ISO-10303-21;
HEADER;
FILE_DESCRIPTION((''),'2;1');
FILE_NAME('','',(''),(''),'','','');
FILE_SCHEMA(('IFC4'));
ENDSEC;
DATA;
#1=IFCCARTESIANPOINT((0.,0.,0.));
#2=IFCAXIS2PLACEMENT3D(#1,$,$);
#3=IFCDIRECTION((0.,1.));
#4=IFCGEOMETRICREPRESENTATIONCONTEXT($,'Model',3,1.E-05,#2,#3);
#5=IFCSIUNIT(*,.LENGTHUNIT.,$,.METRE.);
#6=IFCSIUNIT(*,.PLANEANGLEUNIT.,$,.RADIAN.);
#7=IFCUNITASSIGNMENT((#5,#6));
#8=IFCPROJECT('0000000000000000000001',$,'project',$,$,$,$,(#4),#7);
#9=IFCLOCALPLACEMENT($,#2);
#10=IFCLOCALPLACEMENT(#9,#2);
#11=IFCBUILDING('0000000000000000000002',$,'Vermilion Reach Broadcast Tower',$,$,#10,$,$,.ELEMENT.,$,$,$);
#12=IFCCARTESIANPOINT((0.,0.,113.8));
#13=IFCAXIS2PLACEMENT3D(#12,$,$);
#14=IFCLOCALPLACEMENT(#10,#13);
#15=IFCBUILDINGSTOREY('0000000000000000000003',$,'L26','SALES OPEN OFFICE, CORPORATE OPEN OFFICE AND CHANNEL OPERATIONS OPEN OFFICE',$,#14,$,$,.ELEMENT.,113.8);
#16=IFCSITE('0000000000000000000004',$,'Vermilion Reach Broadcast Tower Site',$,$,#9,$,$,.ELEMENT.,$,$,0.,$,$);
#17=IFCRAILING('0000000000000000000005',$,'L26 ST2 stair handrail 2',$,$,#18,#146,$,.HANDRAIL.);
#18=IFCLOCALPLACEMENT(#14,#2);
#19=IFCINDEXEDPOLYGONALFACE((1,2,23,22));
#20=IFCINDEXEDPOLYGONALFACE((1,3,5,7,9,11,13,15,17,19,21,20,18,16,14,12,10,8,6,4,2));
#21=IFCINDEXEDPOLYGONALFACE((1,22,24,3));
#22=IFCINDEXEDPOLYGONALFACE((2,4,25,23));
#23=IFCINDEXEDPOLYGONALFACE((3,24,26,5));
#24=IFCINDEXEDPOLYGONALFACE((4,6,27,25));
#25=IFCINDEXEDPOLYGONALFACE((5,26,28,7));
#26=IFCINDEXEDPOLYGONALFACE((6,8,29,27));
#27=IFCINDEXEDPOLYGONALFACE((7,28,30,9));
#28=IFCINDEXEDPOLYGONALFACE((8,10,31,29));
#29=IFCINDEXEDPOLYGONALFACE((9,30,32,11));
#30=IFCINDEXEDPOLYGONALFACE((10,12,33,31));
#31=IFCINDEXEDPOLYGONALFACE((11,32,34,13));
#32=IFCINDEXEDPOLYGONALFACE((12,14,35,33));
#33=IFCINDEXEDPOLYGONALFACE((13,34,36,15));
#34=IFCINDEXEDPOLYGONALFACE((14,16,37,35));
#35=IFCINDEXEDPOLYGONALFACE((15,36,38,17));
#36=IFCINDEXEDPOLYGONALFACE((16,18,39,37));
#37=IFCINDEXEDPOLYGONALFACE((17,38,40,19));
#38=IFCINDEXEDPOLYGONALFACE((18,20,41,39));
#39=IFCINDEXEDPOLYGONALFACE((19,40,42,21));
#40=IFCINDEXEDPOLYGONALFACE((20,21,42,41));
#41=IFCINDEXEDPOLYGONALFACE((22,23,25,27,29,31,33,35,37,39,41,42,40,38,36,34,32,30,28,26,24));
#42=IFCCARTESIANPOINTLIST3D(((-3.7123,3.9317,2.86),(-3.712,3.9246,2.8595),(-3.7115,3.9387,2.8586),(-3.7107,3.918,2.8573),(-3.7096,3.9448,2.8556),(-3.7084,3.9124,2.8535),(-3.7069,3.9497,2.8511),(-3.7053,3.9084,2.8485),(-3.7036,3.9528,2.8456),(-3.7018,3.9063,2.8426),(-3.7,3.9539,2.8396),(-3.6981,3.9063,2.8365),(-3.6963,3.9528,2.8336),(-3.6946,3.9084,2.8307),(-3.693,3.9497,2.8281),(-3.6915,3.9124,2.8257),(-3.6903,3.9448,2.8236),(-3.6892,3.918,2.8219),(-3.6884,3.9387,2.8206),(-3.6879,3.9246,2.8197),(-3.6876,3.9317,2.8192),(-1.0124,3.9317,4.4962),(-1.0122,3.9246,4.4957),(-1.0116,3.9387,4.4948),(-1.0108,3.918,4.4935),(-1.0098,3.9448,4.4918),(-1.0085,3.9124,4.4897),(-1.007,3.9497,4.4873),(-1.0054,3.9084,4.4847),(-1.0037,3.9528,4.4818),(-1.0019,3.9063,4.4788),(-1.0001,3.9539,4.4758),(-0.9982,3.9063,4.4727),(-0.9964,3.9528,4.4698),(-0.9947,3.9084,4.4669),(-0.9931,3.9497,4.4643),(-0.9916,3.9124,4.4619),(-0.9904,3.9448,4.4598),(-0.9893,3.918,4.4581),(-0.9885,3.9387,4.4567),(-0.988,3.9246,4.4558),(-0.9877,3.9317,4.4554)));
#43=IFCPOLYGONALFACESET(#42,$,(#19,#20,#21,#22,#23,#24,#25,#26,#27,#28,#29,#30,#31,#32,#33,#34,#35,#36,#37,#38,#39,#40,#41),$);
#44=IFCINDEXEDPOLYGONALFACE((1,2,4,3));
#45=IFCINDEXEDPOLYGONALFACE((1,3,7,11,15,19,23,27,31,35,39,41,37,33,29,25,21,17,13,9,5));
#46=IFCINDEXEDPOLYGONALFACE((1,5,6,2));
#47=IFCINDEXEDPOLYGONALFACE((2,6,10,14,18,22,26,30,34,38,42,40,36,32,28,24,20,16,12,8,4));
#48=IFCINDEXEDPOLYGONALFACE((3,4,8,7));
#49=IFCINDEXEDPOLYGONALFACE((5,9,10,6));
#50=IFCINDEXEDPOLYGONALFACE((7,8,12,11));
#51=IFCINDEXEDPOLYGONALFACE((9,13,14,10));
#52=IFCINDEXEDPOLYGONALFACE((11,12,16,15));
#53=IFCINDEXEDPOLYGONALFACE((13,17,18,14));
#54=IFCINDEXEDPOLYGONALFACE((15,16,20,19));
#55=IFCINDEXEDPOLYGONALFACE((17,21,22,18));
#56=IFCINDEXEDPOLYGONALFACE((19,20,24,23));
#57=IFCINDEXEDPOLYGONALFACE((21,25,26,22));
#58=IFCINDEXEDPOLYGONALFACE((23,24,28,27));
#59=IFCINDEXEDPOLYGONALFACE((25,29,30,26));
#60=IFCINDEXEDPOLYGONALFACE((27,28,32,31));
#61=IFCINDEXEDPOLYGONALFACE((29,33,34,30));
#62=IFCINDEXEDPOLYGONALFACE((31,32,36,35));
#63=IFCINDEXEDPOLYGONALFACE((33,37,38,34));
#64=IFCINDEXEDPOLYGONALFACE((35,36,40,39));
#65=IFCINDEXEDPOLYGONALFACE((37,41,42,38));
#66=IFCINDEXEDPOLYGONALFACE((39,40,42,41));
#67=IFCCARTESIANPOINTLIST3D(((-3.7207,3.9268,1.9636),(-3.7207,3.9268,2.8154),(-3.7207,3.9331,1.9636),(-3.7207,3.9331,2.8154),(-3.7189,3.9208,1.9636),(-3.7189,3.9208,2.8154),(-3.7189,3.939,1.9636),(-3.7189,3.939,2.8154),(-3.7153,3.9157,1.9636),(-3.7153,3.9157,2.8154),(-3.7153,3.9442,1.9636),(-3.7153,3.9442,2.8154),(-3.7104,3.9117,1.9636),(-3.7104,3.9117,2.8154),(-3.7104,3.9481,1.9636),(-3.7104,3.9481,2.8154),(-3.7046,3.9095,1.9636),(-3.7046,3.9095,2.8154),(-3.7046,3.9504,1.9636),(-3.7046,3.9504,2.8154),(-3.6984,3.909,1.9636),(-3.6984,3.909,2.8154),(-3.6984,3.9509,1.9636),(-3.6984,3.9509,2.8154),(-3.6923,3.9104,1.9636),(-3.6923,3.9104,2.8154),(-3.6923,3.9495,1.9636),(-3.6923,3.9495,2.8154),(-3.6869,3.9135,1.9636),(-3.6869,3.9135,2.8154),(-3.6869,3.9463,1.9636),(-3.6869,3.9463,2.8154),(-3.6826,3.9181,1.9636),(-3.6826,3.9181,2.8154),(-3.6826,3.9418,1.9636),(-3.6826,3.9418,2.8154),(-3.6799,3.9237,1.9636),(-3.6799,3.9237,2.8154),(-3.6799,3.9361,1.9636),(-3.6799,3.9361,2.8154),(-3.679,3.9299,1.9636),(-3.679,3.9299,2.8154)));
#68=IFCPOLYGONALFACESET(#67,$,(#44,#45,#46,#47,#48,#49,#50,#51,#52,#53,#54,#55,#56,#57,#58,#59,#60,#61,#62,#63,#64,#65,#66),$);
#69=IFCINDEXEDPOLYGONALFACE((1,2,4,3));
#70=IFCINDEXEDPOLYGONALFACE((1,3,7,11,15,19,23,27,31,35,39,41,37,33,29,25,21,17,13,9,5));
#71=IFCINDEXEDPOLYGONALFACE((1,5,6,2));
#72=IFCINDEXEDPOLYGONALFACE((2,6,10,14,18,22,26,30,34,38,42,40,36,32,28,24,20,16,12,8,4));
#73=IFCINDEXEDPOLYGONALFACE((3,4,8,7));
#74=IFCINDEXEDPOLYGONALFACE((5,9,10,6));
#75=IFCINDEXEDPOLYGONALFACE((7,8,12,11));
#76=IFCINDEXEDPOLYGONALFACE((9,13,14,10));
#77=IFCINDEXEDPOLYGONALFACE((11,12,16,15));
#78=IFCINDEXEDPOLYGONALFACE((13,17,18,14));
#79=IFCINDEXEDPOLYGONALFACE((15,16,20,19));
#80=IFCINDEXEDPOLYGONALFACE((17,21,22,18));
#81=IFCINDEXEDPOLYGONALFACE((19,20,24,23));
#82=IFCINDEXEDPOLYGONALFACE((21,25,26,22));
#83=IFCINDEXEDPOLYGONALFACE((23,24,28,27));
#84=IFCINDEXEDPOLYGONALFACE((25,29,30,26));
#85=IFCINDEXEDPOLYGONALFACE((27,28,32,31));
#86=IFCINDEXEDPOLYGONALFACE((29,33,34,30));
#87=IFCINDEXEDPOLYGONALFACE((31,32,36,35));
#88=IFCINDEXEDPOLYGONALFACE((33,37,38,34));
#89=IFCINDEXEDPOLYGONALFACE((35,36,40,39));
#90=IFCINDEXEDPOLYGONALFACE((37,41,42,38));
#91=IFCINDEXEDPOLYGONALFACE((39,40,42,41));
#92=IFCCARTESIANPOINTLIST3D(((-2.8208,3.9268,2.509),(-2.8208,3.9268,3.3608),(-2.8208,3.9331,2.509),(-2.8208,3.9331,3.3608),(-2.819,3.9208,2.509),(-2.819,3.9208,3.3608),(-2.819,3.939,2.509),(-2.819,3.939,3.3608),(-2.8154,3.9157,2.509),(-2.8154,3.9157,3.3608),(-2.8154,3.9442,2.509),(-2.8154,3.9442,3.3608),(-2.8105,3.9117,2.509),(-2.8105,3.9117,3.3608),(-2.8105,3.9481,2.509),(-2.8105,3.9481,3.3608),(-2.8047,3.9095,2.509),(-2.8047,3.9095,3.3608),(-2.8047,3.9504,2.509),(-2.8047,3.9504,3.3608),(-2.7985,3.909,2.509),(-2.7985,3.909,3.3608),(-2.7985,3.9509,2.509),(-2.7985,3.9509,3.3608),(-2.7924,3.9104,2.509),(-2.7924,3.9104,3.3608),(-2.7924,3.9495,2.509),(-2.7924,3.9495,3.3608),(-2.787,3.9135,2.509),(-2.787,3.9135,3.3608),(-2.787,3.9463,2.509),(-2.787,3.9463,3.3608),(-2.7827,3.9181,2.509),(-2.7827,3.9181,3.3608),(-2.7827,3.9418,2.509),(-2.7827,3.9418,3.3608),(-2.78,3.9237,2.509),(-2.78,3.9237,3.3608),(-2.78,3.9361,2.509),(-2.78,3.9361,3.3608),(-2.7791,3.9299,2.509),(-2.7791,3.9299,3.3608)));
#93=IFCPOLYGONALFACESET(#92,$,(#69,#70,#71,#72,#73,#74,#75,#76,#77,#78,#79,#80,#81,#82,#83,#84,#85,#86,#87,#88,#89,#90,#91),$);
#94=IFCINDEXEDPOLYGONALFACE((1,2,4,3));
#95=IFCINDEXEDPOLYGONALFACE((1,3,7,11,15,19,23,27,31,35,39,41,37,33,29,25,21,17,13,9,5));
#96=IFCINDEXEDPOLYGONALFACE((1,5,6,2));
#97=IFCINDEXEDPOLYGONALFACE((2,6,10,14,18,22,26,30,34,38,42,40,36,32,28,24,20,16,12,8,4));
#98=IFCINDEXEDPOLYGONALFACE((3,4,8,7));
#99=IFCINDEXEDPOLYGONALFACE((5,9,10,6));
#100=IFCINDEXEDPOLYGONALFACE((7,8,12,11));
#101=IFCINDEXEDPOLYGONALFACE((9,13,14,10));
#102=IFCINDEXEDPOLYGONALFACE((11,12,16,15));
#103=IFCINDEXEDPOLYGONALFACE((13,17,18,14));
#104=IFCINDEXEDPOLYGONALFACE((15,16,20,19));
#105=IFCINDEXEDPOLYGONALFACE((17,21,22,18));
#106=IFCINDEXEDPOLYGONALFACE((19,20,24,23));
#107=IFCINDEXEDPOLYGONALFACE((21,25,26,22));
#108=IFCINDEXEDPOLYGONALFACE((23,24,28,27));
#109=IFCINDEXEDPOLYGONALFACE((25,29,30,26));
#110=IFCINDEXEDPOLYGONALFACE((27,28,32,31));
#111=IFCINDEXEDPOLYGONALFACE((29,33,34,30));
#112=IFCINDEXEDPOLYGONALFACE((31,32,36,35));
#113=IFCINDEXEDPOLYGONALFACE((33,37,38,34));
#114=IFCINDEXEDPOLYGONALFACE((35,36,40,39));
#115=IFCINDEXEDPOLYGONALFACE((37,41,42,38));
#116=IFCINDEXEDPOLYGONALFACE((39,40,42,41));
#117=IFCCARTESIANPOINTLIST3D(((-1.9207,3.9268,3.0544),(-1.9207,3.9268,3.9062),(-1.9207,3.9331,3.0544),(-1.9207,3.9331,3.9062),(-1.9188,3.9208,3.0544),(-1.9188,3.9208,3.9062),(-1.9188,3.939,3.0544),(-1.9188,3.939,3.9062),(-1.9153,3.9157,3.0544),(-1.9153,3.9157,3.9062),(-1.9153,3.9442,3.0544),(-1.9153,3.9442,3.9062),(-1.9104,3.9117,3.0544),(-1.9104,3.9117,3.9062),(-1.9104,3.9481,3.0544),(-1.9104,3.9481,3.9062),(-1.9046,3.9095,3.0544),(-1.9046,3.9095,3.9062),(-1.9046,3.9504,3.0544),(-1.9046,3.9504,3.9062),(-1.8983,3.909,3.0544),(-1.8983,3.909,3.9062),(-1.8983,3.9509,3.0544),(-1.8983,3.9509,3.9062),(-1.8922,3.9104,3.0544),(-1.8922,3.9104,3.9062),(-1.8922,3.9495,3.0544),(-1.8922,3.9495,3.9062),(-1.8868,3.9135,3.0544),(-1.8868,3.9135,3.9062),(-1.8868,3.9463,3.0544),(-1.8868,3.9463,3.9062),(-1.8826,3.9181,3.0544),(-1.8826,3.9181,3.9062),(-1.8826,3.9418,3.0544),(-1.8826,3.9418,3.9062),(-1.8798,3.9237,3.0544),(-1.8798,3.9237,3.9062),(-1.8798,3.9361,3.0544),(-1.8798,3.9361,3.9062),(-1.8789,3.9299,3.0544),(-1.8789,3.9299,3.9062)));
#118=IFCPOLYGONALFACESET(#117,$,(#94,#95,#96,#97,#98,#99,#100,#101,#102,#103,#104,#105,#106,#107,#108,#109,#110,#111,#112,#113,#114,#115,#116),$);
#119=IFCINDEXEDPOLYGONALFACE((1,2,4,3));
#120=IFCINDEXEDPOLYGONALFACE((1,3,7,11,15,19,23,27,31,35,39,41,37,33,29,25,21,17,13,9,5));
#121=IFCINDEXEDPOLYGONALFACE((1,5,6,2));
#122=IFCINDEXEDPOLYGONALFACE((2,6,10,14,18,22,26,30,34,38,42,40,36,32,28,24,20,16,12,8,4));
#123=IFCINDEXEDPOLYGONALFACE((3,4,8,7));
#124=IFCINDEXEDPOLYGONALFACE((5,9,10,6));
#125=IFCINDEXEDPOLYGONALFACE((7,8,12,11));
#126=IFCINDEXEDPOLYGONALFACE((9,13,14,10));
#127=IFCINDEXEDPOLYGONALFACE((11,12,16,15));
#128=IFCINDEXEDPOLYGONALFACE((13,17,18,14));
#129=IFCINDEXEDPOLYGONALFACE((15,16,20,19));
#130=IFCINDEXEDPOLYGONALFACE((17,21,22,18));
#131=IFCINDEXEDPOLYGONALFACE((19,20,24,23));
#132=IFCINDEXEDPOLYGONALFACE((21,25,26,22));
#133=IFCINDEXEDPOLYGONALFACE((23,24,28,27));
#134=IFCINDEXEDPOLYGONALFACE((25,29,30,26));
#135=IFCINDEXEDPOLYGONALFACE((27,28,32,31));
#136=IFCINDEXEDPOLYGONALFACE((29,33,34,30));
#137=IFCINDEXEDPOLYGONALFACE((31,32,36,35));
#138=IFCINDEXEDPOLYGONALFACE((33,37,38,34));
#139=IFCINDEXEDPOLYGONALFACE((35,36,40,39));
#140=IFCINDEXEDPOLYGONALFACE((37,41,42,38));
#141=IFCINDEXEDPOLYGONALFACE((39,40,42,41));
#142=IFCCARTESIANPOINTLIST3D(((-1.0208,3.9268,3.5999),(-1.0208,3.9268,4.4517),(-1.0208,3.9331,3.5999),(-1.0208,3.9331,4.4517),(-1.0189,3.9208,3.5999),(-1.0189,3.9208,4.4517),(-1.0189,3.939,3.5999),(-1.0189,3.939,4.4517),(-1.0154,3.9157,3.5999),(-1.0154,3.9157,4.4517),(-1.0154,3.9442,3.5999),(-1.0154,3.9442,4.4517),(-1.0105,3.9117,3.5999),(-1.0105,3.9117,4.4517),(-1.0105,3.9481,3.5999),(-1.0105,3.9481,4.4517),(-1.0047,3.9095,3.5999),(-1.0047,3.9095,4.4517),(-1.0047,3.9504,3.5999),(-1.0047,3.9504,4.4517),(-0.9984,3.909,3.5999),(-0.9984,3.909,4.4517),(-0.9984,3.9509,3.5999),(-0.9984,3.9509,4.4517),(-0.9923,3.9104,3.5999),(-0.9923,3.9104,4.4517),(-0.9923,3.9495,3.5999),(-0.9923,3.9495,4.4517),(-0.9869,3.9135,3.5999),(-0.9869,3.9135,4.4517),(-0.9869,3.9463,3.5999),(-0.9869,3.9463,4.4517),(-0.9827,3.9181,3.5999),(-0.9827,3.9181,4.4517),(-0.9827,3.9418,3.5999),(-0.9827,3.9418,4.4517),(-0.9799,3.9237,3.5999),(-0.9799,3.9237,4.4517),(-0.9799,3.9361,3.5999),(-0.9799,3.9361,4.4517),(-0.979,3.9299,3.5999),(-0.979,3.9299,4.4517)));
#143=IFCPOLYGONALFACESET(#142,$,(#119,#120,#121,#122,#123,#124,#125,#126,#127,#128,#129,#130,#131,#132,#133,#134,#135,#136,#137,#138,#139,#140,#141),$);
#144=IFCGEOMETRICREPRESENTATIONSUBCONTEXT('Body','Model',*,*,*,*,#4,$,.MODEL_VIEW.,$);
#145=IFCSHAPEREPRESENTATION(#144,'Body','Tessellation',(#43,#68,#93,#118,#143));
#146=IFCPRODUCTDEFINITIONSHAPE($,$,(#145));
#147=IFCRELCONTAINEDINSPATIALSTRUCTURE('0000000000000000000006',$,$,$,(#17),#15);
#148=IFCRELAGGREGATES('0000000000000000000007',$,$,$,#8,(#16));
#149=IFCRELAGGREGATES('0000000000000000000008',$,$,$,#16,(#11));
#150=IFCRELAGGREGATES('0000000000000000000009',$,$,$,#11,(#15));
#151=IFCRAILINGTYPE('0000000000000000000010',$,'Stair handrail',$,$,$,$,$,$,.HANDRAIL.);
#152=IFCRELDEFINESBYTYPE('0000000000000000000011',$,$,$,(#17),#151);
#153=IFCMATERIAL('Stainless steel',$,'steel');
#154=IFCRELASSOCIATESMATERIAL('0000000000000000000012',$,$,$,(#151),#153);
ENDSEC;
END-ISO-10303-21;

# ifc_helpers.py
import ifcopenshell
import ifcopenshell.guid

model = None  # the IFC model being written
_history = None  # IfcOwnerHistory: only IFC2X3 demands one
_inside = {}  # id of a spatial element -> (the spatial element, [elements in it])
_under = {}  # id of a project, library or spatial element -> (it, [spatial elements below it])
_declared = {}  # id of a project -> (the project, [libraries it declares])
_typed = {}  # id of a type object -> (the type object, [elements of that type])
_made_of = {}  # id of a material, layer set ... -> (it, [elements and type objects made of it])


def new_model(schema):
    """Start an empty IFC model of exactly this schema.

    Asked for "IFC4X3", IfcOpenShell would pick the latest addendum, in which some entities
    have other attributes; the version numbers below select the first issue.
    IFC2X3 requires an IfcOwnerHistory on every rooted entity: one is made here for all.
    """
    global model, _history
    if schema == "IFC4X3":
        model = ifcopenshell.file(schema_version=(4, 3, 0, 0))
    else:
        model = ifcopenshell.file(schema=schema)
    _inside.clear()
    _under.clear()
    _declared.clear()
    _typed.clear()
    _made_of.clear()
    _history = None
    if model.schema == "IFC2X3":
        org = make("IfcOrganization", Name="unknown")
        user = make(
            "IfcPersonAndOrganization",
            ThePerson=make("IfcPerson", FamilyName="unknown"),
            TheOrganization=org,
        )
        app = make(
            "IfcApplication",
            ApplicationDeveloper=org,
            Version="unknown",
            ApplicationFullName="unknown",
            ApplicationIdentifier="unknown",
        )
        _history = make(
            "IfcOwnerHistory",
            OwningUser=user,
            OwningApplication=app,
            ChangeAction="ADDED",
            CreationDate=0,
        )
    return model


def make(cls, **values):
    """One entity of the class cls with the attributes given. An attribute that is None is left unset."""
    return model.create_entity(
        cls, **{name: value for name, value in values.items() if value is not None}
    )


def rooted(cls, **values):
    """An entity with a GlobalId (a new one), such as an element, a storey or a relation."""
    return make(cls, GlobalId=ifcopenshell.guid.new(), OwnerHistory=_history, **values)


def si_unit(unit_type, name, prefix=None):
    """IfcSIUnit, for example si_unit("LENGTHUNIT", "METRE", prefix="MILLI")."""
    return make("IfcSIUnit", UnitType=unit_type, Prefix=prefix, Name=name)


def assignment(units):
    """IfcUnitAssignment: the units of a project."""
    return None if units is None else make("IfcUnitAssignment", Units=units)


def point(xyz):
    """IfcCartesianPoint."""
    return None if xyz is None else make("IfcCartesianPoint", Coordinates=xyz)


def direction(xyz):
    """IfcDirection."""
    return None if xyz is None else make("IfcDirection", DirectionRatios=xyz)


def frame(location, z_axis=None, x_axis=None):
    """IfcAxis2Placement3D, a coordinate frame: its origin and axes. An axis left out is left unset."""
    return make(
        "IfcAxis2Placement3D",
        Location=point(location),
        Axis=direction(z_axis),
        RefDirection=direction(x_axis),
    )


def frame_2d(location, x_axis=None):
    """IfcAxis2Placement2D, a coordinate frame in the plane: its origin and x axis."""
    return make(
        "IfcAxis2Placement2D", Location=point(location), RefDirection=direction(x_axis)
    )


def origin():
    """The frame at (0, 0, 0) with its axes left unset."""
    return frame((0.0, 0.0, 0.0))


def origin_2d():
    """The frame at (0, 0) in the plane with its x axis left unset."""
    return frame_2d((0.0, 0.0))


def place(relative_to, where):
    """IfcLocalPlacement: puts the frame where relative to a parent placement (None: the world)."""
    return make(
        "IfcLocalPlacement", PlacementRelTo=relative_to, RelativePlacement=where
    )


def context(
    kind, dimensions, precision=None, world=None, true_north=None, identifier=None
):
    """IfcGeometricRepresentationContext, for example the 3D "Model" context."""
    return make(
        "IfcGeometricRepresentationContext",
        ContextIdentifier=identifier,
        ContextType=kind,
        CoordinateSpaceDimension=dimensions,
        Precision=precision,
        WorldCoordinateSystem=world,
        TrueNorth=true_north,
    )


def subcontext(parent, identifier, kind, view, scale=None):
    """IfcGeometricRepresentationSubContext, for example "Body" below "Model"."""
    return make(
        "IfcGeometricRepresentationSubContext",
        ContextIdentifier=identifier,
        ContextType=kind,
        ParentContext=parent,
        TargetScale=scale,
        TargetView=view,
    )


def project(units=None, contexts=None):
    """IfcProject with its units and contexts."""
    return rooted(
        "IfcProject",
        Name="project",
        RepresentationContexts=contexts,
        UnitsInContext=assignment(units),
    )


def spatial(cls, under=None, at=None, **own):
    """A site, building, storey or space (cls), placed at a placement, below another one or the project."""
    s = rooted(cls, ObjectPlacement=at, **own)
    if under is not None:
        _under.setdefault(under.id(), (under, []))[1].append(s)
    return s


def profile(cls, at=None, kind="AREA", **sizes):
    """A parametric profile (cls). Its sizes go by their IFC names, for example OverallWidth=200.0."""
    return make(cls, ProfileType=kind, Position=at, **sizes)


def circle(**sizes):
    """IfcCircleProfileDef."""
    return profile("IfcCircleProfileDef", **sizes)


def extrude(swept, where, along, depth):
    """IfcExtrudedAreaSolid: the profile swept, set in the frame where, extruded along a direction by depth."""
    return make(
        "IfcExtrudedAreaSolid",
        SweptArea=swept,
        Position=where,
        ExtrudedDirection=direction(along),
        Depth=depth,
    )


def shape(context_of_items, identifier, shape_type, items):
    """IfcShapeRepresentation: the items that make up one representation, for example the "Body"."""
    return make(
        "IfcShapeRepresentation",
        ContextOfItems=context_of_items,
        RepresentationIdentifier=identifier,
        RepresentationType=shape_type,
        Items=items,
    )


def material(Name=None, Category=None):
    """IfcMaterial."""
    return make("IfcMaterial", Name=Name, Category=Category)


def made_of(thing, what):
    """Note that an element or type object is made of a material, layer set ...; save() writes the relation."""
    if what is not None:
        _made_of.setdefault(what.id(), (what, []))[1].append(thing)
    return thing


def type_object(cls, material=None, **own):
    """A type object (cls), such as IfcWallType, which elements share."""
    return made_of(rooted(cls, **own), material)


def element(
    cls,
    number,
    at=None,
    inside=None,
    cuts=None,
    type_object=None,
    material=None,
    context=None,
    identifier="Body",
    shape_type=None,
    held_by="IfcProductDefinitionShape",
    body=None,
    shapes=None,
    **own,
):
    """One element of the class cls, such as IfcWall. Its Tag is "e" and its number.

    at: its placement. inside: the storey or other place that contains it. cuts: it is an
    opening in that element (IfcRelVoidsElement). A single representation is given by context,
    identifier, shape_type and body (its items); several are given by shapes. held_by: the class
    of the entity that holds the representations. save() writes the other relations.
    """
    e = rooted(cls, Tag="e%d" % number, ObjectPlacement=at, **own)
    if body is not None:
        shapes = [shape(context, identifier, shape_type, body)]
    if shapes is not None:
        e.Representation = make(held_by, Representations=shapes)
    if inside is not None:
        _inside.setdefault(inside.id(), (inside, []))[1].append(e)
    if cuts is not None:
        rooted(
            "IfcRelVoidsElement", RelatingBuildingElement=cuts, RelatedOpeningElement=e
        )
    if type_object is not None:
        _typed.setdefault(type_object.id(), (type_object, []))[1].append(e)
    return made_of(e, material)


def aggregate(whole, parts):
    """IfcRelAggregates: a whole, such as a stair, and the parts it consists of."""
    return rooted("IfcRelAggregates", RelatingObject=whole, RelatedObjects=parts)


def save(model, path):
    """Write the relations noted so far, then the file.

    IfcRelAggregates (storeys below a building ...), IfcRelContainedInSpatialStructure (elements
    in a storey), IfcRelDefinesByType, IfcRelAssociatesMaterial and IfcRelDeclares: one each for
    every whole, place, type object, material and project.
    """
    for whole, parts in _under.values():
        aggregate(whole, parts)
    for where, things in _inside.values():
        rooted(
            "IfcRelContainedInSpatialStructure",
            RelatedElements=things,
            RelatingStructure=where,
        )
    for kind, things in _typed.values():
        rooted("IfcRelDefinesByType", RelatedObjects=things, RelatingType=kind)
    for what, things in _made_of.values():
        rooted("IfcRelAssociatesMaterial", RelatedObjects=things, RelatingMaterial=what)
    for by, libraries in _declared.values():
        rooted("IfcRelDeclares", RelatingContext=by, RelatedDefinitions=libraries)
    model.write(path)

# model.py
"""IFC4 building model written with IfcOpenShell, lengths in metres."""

from ifc_helpers import new_model, si_unit, direction, frame, origin, origin_2d, place, context, subcontext, project, spatial, circle, extrude, material, type_object, element, save


model = new_model("IFC4")

# Units and contexts
model_context = context("Model", 3, precision=1e-05, world=origin(), true_north=direction((0.0, 1.0)))
body_context = subcontext(model_context, "Body", "Model", "MODEL_VIEW")
ifc_project = project(units=[si_unit("LENGTHUNIT", "METRE"), si_unit("PLANEANGLEUNIT", "RADIAN")], contexts=[model_context])

# Site, building, storey
site_placement = place(None, origin())
site = spatial("IfcSite", under=ifc_project, at=site_placement, Name="Vermilion Reach Broadcast Tower Site", CompositionType="ELEMENT", RefElevation=0.0)
building_placement = place(site_placement, origin())
building = spatial("IfcBuilding", under=site, at=building_placement, Name="Vermilion Reach Broadcast Tower", CompositionType="ELEMENT")
storey_placement = place(building_placement, frame((0.0, 0.0, 113.8)))
storey = spatial("IfcBuildingStorey", under=building, at=storey_placement, Name="L26", Description="SALES OPEN OFFICE, CORPORATE OPEN OFFICE AND CHANNEL OPERATIONS OPEN OFFICE", CompositionType="ELEMENT", Elevation=113.8)

# Railing
ifc_material_1 = material(Name="Stainless steel", Category="steel")
railing_type_1 = type_object("IfcRailingType", Name="Stair handrail", PredefinedType="HANDRAIL", material=ifc_material_1)
railing_1_placement = place(storey_placement, frame((-3.7, 3.9299, 1.9636)))
element("IfcRailing", 1, at=railing_1_placement, inside=storey, type_object=railing_type_1, Name="L26 ST2 stair handrail 2", PredefinedType="HANDRAIL", context=body_context, shape_type="SweptSolid", body=[
    extrude(circle(Radius=0.0239, at=origin_2d()), frame((0.0, 0.0, 0.876), z_axis=(0.855212, 0.0, 0.518278), x_axis=(0.0, 1.0, 0.0)), (0.0, 0.0, 1.0), 3.157),
    extrude(circle(Radius=0.021, at=origin_2d()), origin(), (0.0, 0.0, 1.0), 0.8518),
    extrude(circle(Radius=0.021, at=origin_2d()), frame((0.8999, 0.0, 0.5454)), (0.0, 0.0, 1.0), 0.8518),
    extrude(circle(Radius=0.021, at=origin_2d()), frame((1.8, 0.0, 1.0908)), (0.0, 0.0, 1.0), 0.8518),
    extrude(circle(Radius=0.021, at=origin_2d()), frame((2.7, 0.0, 1.6362)), (0.0, 0.0, 1.0), 0.8518),
])

save(model, "model.ifc")
